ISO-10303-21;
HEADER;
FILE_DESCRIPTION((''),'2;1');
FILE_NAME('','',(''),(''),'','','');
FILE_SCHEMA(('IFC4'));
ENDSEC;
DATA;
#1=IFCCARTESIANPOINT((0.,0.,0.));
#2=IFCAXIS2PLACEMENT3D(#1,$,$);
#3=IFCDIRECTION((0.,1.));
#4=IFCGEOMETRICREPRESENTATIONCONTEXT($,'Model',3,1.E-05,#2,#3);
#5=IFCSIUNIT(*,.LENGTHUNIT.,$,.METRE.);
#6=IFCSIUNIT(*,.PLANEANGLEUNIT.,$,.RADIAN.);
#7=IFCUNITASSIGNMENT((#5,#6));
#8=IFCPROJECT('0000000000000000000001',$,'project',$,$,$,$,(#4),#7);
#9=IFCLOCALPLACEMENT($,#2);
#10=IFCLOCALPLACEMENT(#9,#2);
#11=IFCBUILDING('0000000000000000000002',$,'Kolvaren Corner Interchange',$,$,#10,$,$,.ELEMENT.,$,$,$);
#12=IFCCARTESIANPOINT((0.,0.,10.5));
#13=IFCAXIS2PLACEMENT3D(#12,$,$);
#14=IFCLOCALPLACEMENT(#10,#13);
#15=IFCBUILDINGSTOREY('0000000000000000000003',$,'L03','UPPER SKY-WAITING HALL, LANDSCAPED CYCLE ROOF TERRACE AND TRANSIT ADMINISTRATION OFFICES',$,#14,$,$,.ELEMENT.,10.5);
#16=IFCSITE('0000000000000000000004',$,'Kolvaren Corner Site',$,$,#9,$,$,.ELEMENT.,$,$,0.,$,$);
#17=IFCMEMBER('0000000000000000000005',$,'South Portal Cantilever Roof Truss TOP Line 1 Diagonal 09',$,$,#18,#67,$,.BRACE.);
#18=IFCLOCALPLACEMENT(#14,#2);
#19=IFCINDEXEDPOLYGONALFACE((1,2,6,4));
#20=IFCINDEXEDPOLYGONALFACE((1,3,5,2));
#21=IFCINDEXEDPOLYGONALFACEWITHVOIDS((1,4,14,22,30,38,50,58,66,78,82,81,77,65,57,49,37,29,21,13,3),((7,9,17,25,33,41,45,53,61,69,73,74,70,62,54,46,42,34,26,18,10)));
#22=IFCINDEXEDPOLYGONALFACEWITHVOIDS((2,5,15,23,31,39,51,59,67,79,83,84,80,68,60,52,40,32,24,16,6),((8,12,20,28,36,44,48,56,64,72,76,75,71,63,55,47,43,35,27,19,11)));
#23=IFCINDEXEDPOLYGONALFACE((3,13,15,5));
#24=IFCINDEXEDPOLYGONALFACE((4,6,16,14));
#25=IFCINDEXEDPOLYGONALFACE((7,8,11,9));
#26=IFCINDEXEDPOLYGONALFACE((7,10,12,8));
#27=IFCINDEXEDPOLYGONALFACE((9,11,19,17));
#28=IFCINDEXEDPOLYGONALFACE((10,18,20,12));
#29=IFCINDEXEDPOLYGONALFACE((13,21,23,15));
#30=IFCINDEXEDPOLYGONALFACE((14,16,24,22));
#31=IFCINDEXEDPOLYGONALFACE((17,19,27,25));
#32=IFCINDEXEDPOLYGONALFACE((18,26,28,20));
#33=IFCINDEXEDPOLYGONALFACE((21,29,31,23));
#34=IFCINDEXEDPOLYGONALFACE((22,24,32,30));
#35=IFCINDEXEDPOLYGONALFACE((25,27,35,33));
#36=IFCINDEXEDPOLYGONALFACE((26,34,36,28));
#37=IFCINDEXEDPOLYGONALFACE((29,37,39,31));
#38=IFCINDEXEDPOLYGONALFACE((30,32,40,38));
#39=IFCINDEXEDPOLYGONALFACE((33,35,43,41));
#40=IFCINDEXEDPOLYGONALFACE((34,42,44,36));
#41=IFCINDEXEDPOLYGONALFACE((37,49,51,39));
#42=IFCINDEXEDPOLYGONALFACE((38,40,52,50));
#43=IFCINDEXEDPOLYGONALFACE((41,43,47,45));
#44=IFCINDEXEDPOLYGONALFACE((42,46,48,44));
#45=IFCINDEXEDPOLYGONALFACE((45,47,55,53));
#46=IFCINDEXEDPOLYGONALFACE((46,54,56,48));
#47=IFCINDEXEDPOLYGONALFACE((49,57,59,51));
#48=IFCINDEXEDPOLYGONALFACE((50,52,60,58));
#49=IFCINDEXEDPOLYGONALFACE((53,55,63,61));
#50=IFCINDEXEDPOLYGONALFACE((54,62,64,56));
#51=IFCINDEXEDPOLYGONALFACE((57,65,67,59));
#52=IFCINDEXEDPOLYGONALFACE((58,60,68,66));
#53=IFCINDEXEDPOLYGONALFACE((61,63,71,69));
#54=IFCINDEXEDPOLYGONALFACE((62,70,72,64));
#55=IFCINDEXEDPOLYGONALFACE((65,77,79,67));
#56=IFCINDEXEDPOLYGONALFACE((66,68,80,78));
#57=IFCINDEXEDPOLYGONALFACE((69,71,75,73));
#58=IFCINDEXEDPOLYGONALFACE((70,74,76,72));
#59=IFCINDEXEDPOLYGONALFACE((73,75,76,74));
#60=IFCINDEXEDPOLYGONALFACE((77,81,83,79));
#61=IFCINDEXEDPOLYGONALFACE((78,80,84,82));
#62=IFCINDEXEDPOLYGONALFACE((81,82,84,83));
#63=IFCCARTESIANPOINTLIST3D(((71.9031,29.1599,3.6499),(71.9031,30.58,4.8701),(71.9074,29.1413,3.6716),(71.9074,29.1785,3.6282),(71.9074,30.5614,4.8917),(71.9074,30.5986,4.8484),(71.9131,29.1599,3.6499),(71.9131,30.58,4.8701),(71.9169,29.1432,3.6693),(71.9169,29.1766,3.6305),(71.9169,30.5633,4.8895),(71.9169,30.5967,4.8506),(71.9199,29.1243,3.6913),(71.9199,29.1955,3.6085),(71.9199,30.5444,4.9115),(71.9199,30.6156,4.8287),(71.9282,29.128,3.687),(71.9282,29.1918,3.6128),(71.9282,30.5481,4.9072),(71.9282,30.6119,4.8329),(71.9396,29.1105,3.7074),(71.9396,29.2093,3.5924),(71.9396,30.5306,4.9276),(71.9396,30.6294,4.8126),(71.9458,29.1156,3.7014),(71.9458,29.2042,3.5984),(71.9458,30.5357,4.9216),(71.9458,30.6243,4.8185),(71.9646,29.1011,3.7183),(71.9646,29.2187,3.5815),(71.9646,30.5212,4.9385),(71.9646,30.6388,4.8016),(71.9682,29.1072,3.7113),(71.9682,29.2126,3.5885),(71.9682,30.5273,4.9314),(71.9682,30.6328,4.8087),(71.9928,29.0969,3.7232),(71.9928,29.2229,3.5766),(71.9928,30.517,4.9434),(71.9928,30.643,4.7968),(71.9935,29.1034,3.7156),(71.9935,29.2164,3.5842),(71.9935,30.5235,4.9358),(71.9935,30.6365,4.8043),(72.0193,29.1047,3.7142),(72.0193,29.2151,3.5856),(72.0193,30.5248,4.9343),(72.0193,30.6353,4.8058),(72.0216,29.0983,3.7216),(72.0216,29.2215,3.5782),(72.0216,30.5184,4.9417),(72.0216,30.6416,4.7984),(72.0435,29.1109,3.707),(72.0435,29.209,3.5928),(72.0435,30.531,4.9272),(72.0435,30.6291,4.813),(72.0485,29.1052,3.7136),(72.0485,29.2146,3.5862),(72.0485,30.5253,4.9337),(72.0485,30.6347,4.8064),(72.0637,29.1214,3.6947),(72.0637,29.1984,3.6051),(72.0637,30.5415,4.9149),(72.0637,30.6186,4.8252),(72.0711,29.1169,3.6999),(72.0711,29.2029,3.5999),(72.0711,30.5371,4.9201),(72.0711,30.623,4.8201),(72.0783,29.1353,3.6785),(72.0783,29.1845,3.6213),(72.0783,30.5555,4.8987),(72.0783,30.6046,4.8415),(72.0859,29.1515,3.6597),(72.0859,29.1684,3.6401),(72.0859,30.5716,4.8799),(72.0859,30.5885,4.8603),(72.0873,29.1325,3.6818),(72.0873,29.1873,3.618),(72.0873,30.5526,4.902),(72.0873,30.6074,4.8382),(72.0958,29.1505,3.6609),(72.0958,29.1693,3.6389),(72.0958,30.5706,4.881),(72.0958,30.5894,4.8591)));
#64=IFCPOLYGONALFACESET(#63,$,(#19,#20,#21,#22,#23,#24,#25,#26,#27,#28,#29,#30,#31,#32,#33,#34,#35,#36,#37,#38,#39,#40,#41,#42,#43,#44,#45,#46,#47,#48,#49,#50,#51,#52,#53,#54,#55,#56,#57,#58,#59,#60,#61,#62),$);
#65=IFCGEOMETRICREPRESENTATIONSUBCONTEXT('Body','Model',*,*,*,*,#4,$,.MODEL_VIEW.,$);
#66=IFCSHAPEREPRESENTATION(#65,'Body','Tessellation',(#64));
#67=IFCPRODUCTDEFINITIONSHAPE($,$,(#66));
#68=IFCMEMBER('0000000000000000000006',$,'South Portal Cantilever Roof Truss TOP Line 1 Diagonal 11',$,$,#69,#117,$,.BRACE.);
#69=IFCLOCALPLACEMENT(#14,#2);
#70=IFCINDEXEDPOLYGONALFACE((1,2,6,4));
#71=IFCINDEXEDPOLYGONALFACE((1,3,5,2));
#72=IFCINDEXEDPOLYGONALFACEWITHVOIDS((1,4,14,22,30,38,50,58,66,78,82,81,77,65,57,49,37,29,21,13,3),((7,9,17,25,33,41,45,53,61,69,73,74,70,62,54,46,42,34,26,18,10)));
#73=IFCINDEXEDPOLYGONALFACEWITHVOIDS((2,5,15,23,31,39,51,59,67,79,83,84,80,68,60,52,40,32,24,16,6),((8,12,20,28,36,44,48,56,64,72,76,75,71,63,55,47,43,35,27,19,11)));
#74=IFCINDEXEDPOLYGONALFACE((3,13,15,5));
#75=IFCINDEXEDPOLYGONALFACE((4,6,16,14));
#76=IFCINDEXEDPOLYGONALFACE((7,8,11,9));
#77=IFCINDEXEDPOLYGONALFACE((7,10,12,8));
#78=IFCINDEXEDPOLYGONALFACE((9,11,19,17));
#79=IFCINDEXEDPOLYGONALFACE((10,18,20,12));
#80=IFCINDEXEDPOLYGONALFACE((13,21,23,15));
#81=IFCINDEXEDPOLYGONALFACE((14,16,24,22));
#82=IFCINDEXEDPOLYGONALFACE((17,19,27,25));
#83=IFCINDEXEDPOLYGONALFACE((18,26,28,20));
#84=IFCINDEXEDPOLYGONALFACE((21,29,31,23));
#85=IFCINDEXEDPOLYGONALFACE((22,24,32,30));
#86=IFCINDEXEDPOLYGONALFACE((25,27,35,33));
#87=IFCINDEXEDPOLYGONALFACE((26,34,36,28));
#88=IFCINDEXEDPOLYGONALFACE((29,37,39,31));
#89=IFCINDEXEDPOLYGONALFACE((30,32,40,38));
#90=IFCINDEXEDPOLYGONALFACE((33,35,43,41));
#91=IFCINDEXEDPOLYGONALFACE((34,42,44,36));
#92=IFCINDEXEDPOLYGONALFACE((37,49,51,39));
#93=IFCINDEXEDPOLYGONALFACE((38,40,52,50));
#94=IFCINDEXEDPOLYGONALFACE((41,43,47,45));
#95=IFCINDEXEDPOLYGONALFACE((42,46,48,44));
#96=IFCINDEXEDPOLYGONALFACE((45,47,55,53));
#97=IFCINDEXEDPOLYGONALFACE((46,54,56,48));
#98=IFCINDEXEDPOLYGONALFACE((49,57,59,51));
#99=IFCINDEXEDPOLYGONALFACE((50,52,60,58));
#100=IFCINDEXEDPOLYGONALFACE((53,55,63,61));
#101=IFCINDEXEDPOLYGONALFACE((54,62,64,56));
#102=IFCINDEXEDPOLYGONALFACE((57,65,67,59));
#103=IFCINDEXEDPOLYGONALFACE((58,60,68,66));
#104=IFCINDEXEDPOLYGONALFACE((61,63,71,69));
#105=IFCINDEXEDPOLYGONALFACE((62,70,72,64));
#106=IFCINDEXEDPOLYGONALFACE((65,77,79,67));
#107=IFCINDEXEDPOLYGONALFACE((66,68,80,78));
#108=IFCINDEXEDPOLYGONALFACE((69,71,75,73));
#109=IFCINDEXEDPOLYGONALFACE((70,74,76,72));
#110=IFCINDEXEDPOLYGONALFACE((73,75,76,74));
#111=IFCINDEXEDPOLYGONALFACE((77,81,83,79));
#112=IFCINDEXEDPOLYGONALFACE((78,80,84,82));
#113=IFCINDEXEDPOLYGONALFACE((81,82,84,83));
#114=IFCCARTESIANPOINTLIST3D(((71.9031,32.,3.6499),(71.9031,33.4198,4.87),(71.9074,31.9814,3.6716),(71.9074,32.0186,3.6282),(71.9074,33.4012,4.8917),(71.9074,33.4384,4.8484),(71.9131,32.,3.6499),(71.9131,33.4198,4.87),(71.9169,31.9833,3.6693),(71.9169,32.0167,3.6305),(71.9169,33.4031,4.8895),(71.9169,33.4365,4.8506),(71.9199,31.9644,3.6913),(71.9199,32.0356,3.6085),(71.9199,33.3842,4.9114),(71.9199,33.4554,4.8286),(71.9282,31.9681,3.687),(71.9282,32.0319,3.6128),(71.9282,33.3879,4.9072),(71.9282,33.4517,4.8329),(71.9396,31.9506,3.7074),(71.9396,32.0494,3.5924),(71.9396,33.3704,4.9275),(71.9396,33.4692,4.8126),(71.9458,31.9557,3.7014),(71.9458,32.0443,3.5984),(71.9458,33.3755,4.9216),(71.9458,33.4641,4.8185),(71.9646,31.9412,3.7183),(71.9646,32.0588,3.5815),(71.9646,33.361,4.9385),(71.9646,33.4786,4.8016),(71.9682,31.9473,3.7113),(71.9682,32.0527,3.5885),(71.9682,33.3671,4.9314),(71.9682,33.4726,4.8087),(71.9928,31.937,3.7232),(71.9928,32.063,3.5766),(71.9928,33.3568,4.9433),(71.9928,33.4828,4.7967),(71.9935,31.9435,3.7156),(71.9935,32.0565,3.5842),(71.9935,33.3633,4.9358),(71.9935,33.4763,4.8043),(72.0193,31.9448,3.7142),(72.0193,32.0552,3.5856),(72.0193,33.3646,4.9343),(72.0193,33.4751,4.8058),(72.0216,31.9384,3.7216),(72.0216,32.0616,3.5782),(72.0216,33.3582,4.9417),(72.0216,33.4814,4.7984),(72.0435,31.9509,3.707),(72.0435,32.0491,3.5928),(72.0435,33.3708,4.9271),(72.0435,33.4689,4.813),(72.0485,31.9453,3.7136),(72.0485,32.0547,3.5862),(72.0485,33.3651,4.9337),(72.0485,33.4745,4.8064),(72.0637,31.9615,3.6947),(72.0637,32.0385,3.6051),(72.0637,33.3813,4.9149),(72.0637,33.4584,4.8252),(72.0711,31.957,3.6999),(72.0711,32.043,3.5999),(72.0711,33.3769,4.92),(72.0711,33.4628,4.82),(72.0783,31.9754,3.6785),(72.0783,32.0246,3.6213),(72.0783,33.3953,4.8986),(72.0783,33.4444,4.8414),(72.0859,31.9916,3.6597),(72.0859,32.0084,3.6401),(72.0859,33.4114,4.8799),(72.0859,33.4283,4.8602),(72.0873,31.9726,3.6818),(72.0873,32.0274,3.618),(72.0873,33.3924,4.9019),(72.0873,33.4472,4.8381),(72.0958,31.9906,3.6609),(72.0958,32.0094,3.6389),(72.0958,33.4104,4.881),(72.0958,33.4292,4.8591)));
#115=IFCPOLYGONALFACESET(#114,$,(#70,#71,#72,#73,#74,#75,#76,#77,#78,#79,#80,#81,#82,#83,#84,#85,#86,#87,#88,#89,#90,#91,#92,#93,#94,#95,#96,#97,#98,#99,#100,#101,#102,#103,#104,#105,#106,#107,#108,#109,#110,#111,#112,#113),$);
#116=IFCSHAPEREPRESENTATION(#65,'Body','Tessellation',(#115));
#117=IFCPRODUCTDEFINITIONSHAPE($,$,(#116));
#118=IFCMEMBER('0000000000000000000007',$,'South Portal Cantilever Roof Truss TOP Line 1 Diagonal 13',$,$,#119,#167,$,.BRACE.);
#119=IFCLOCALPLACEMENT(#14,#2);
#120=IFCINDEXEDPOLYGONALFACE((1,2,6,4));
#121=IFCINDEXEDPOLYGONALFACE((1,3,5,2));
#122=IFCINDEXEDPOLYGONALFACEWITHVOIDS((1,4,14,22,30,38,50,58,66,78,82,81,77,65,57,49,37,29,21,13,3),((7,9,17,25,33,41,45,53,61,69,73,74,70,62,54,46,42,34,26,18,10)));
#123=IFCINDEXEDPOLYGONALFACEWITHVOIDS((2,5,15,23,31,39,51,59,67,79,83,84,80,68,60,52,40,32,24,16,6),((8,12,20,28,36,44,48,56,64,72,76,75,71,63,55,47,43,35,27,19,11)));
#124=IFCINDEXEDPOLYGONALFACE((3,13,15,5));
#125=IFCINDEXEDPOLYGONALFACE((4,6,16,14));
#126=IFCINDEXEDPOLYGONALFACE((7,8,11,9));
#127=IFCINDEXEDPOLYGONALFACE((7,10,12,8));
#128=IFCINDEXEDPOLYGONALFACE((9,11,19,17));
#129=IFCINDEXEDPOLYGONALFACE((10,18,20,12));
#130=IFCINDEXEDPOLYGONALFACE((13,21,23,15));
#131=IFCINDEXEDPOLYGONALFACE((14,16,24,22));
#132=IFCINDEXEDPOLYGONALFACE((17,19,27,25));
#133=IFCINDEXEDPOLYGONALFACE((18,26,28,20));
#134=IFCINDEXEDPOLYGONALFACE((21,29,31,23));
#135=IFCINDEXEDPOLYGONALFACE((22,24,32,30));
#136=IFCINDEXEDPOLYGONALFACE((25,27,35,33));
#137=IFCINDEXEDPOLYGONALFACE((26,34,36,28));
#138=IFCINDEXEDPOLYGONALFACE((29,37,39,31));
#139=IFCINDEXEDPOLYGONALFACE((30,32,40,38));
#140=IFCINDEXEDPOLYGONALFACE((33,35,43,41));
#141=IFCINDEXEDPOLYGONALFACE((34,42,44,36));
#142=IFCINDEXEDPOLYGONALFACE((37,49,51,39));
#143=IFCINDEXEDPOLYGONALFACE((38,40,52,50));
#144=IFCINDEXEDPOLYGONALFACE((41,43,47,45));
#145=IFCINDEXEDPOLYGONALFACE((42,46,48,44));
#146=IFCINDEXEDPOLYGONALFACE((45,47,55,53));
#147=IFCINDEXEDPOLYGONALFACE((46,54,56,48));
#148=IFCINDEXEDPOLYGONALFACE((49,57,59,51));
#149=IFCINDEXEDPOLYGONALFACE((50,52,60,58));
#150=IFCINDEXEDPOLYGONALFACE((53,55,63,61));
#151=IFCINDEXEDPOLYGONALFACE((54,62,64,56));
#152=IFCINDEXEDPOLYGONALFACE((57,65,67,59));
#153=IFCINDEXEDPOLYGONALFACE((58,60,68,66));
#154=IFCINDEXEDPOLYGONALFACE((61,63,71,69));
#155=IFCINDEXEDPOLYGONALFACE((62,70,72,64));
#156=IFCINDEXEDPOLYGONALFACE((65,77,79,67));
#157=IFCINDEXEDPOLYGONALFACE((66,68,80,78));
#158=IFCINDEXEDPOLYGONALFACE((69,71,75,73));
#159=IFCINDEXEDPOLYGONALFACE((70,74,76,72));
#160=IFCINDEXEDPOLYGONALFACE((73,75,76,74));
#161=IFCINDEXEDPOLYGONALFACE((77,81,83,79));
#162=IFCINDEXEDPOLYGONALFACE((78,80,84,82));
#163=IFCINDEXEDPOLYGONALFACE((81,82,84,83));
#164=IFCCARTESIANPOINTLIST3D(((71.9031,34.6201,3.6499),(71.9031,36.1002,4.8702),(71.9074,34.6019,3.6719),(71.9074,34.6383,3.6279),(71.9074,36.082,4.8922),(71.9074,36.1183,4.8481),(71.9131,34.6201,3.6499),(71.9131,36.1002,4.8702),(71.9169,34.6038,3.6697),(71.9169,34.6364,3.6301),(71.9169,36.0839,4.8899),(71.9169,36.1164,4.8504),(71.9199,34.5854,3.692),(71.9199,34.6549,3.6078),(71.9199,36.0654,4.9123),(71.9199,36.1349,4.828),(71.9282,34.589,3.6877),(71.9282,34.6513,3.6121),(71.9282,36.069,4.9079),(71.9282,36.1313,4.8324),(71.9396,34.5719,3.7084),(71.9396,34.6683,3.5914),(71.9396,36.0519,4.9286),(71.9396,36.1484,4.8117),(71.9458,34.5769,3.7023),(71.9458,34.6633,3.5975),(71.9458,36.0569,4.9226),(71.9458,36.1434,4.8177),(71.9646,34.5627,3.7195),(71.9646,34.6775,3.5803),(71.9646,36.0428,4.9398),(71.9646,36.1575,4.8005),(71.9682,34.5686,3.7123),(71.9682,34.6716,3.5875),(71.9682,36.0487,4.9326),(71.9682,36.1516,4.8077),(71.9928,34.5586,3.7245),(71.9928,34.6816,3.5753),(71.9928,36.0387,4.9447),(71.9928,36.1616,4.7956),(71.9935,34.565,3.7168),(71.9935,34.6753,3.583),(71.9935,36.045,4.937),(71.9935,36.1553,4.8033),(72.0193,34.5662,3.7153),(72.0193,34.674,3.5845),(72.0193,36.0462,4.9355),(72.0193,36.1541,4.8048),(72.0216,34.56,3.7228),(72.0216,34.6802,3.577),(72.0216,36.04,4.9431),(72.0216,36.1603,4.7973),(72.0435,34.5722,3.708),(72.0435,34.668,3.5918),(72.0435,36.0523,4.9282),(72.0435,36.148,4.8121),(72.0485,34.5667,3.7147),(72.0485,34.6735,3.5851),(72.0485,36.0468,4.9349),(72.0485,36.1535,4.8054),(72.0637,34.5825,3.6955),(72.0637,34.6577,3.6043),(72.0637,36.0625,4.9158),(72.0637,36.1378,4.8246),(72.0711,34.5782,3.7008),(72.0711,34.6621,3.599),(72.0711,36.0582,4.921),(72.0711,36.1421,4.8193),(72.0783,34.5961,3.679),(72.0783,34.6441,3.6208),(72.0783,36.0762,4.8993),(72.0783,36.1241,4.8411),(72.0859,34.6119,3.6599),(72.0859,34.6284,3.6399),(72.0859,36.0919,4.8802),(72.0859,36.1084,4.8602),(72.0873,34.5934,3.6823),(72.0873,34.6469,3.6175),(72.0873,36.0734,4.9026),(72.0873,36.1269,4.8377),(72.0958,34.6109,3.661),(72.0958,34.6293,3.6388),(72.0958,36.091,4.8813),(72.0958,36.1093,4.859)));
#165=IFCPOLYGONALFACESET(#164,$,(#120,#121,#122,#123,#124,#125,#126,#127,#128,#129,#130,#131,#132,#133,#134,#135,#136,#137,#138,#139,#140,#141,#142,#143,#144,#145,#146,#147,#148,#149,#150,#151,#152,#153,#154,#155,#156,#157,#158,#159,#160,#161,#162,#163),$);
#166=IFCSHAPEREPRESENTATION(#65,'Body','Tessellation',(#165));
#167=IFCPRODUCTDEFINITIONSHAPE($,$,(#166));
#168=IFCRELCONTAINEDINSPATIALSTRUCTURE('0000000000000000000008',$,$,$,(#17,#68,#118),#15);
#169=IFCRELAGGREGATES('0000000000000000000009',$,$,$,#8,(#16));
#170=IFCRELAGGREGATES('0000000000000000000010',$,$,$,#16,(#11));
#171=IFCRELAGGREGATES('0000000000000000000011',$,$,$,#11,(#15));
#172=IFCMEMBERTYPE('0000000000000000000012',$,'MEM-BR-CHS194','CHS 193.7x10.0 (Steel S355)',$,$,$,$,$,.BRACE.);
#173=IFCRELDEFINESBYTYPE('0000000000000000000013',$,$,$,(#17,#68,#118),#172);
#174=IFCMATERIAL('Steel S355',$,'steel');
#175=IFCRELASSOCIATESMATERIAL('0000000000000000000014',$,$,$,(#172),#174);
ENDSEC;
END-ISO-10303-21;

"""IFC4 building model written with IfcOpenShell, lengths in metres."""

from ifc_helpers import new_model, si_unit, direction, frame, origin, origin_2d, place, context, subcontext, project, spatial, hollow_circle, extrude, material, material_profile, profile_set, type_object, element, save


model = new_model("IFC4")

# Units and contexts
model_context = context("Model", 3, precision=1e-05, world=origin(), true_north=direction((0.0, 1.0)))
body_context = subcontext(model_context, "Body", "Model", "MODEL_VIEW")
ifc_project = project(units=[si_unit("LENGTHUNIT", "METRE"), si_unit("PLANEANGLEUNIT", "RADIAN")], contexts=[model_context])

# Site, building, storey
site_placement = place(None, origin())
site = spatial("IfcSite", under=ifc_project, at=site_placement, Name="Kolvaren Corner Site", CompositionType="ELEMENT", RefElevation=0.0)
building_placement = place(site_placement, origin())
building = spatial("IfcBuilding", under=site, at=building_placement, Name="Kolvaren Corner Interchange", CompositionType="ELEMENT")
storey_placement = place(building_placement, frame((0.0, 0.0, 10.5)))
storey = spatial("IfcBuildingStorey", under=building, at=storey_placement, Name="L03", Description="UPPER SKY-WAITING HALL, LANDSCAPED CYCLE ROOF TERRACE AND TRANSIT ADMINISTRATION OFFICES", CompositionType="ELEMENT", Elevation=10.5)

# Members
ifc_material_1 = material(Name="Steel S355", Category="steel")
ifc_material_profile_1 = material_profile(ifc_material_1, hollow_circle(Radius=0.0969, WallThickness=0.01, at=origin_2d()), Name="CHS 193.7x10.0")
ifc_profile_set_1 = profile_set([ifc_material_profile_1], Name="Steel S355")
member_type_1 = type_object("IfcMemberType", Name="MEM-BR-CHS194", Description="CHS 193.7x10.0 (Steel S355)", PredefinedType="BRACE", material=ifc_profile_set_1)
member_1_placement = place(storey_placement, frame((72.0, 29.1599, 3.6499), z_axis=(0.0, 0.758483, 0.651693), x_axis=(-1.0, 0.0, 0.0)))
element("IfcMember", 1, at=member_1_placement, inside=storey, type_object=member_type_1, Name="South Portal Cantilever Roof Truss TOP Line 1 Diagonal 09", PredefinedType="BRACE", context=body_context, shape_type="SweptSolid", body=[
    extrude(hollow_circle(Radius=0.0969, WallThickness=0.01, at=origin_2d()), origin(), (0.0, 0.0, 1.0), 1.8723),
])
member_2_placement = place(storey_placement, frame((72.0, 32.0, 3.6499), z_axis=(0.0, 0.758428, 0.651757), x_axis=(-1.0, 0.0, 0.0)))
element("IfcMember", 2, at=member_2_placement, inside=storey, type_object=member_type_1, Name="South Portal Cantilever Roof Truss TOP Line 1 Diagonal 11", PredefinedType="BRACE", context=body_context, shape_type="SweptSolid", body=[
    extrude(hollow_circle(Radius=0.0969, WallThickness=0.01, at=origin_2d()), origin(), (0.0, 0.0, 1.0), 1.8721),
])
for number, where, z_axis, x_axis, name in (
    (3, (72.0, 34.6201, 3.6499), (0.0, 0.77157, 0.636144), (-1.0, 0.0, 0.0), "South Portal Cantilever Roof Truss TOP Line 1 Diagonal 13"),
):
    element("IfcMember", number, at=place(storey_placement, frame(where, z_axis=z_axis, x_axis=x_axis)), inside=storey, type_object=member_type_1, Name=name, PredefinedType="BRACE", context=body_context, shape_type="SweptSolid", body=[
        extrude(hollow_circle(Radius=0.0969, WallThickness=0.01, at=origin_2d()), origin(), (0.0, 0.0, 1.0), 1.9182),
    ])

save(model, "model.ifc")
